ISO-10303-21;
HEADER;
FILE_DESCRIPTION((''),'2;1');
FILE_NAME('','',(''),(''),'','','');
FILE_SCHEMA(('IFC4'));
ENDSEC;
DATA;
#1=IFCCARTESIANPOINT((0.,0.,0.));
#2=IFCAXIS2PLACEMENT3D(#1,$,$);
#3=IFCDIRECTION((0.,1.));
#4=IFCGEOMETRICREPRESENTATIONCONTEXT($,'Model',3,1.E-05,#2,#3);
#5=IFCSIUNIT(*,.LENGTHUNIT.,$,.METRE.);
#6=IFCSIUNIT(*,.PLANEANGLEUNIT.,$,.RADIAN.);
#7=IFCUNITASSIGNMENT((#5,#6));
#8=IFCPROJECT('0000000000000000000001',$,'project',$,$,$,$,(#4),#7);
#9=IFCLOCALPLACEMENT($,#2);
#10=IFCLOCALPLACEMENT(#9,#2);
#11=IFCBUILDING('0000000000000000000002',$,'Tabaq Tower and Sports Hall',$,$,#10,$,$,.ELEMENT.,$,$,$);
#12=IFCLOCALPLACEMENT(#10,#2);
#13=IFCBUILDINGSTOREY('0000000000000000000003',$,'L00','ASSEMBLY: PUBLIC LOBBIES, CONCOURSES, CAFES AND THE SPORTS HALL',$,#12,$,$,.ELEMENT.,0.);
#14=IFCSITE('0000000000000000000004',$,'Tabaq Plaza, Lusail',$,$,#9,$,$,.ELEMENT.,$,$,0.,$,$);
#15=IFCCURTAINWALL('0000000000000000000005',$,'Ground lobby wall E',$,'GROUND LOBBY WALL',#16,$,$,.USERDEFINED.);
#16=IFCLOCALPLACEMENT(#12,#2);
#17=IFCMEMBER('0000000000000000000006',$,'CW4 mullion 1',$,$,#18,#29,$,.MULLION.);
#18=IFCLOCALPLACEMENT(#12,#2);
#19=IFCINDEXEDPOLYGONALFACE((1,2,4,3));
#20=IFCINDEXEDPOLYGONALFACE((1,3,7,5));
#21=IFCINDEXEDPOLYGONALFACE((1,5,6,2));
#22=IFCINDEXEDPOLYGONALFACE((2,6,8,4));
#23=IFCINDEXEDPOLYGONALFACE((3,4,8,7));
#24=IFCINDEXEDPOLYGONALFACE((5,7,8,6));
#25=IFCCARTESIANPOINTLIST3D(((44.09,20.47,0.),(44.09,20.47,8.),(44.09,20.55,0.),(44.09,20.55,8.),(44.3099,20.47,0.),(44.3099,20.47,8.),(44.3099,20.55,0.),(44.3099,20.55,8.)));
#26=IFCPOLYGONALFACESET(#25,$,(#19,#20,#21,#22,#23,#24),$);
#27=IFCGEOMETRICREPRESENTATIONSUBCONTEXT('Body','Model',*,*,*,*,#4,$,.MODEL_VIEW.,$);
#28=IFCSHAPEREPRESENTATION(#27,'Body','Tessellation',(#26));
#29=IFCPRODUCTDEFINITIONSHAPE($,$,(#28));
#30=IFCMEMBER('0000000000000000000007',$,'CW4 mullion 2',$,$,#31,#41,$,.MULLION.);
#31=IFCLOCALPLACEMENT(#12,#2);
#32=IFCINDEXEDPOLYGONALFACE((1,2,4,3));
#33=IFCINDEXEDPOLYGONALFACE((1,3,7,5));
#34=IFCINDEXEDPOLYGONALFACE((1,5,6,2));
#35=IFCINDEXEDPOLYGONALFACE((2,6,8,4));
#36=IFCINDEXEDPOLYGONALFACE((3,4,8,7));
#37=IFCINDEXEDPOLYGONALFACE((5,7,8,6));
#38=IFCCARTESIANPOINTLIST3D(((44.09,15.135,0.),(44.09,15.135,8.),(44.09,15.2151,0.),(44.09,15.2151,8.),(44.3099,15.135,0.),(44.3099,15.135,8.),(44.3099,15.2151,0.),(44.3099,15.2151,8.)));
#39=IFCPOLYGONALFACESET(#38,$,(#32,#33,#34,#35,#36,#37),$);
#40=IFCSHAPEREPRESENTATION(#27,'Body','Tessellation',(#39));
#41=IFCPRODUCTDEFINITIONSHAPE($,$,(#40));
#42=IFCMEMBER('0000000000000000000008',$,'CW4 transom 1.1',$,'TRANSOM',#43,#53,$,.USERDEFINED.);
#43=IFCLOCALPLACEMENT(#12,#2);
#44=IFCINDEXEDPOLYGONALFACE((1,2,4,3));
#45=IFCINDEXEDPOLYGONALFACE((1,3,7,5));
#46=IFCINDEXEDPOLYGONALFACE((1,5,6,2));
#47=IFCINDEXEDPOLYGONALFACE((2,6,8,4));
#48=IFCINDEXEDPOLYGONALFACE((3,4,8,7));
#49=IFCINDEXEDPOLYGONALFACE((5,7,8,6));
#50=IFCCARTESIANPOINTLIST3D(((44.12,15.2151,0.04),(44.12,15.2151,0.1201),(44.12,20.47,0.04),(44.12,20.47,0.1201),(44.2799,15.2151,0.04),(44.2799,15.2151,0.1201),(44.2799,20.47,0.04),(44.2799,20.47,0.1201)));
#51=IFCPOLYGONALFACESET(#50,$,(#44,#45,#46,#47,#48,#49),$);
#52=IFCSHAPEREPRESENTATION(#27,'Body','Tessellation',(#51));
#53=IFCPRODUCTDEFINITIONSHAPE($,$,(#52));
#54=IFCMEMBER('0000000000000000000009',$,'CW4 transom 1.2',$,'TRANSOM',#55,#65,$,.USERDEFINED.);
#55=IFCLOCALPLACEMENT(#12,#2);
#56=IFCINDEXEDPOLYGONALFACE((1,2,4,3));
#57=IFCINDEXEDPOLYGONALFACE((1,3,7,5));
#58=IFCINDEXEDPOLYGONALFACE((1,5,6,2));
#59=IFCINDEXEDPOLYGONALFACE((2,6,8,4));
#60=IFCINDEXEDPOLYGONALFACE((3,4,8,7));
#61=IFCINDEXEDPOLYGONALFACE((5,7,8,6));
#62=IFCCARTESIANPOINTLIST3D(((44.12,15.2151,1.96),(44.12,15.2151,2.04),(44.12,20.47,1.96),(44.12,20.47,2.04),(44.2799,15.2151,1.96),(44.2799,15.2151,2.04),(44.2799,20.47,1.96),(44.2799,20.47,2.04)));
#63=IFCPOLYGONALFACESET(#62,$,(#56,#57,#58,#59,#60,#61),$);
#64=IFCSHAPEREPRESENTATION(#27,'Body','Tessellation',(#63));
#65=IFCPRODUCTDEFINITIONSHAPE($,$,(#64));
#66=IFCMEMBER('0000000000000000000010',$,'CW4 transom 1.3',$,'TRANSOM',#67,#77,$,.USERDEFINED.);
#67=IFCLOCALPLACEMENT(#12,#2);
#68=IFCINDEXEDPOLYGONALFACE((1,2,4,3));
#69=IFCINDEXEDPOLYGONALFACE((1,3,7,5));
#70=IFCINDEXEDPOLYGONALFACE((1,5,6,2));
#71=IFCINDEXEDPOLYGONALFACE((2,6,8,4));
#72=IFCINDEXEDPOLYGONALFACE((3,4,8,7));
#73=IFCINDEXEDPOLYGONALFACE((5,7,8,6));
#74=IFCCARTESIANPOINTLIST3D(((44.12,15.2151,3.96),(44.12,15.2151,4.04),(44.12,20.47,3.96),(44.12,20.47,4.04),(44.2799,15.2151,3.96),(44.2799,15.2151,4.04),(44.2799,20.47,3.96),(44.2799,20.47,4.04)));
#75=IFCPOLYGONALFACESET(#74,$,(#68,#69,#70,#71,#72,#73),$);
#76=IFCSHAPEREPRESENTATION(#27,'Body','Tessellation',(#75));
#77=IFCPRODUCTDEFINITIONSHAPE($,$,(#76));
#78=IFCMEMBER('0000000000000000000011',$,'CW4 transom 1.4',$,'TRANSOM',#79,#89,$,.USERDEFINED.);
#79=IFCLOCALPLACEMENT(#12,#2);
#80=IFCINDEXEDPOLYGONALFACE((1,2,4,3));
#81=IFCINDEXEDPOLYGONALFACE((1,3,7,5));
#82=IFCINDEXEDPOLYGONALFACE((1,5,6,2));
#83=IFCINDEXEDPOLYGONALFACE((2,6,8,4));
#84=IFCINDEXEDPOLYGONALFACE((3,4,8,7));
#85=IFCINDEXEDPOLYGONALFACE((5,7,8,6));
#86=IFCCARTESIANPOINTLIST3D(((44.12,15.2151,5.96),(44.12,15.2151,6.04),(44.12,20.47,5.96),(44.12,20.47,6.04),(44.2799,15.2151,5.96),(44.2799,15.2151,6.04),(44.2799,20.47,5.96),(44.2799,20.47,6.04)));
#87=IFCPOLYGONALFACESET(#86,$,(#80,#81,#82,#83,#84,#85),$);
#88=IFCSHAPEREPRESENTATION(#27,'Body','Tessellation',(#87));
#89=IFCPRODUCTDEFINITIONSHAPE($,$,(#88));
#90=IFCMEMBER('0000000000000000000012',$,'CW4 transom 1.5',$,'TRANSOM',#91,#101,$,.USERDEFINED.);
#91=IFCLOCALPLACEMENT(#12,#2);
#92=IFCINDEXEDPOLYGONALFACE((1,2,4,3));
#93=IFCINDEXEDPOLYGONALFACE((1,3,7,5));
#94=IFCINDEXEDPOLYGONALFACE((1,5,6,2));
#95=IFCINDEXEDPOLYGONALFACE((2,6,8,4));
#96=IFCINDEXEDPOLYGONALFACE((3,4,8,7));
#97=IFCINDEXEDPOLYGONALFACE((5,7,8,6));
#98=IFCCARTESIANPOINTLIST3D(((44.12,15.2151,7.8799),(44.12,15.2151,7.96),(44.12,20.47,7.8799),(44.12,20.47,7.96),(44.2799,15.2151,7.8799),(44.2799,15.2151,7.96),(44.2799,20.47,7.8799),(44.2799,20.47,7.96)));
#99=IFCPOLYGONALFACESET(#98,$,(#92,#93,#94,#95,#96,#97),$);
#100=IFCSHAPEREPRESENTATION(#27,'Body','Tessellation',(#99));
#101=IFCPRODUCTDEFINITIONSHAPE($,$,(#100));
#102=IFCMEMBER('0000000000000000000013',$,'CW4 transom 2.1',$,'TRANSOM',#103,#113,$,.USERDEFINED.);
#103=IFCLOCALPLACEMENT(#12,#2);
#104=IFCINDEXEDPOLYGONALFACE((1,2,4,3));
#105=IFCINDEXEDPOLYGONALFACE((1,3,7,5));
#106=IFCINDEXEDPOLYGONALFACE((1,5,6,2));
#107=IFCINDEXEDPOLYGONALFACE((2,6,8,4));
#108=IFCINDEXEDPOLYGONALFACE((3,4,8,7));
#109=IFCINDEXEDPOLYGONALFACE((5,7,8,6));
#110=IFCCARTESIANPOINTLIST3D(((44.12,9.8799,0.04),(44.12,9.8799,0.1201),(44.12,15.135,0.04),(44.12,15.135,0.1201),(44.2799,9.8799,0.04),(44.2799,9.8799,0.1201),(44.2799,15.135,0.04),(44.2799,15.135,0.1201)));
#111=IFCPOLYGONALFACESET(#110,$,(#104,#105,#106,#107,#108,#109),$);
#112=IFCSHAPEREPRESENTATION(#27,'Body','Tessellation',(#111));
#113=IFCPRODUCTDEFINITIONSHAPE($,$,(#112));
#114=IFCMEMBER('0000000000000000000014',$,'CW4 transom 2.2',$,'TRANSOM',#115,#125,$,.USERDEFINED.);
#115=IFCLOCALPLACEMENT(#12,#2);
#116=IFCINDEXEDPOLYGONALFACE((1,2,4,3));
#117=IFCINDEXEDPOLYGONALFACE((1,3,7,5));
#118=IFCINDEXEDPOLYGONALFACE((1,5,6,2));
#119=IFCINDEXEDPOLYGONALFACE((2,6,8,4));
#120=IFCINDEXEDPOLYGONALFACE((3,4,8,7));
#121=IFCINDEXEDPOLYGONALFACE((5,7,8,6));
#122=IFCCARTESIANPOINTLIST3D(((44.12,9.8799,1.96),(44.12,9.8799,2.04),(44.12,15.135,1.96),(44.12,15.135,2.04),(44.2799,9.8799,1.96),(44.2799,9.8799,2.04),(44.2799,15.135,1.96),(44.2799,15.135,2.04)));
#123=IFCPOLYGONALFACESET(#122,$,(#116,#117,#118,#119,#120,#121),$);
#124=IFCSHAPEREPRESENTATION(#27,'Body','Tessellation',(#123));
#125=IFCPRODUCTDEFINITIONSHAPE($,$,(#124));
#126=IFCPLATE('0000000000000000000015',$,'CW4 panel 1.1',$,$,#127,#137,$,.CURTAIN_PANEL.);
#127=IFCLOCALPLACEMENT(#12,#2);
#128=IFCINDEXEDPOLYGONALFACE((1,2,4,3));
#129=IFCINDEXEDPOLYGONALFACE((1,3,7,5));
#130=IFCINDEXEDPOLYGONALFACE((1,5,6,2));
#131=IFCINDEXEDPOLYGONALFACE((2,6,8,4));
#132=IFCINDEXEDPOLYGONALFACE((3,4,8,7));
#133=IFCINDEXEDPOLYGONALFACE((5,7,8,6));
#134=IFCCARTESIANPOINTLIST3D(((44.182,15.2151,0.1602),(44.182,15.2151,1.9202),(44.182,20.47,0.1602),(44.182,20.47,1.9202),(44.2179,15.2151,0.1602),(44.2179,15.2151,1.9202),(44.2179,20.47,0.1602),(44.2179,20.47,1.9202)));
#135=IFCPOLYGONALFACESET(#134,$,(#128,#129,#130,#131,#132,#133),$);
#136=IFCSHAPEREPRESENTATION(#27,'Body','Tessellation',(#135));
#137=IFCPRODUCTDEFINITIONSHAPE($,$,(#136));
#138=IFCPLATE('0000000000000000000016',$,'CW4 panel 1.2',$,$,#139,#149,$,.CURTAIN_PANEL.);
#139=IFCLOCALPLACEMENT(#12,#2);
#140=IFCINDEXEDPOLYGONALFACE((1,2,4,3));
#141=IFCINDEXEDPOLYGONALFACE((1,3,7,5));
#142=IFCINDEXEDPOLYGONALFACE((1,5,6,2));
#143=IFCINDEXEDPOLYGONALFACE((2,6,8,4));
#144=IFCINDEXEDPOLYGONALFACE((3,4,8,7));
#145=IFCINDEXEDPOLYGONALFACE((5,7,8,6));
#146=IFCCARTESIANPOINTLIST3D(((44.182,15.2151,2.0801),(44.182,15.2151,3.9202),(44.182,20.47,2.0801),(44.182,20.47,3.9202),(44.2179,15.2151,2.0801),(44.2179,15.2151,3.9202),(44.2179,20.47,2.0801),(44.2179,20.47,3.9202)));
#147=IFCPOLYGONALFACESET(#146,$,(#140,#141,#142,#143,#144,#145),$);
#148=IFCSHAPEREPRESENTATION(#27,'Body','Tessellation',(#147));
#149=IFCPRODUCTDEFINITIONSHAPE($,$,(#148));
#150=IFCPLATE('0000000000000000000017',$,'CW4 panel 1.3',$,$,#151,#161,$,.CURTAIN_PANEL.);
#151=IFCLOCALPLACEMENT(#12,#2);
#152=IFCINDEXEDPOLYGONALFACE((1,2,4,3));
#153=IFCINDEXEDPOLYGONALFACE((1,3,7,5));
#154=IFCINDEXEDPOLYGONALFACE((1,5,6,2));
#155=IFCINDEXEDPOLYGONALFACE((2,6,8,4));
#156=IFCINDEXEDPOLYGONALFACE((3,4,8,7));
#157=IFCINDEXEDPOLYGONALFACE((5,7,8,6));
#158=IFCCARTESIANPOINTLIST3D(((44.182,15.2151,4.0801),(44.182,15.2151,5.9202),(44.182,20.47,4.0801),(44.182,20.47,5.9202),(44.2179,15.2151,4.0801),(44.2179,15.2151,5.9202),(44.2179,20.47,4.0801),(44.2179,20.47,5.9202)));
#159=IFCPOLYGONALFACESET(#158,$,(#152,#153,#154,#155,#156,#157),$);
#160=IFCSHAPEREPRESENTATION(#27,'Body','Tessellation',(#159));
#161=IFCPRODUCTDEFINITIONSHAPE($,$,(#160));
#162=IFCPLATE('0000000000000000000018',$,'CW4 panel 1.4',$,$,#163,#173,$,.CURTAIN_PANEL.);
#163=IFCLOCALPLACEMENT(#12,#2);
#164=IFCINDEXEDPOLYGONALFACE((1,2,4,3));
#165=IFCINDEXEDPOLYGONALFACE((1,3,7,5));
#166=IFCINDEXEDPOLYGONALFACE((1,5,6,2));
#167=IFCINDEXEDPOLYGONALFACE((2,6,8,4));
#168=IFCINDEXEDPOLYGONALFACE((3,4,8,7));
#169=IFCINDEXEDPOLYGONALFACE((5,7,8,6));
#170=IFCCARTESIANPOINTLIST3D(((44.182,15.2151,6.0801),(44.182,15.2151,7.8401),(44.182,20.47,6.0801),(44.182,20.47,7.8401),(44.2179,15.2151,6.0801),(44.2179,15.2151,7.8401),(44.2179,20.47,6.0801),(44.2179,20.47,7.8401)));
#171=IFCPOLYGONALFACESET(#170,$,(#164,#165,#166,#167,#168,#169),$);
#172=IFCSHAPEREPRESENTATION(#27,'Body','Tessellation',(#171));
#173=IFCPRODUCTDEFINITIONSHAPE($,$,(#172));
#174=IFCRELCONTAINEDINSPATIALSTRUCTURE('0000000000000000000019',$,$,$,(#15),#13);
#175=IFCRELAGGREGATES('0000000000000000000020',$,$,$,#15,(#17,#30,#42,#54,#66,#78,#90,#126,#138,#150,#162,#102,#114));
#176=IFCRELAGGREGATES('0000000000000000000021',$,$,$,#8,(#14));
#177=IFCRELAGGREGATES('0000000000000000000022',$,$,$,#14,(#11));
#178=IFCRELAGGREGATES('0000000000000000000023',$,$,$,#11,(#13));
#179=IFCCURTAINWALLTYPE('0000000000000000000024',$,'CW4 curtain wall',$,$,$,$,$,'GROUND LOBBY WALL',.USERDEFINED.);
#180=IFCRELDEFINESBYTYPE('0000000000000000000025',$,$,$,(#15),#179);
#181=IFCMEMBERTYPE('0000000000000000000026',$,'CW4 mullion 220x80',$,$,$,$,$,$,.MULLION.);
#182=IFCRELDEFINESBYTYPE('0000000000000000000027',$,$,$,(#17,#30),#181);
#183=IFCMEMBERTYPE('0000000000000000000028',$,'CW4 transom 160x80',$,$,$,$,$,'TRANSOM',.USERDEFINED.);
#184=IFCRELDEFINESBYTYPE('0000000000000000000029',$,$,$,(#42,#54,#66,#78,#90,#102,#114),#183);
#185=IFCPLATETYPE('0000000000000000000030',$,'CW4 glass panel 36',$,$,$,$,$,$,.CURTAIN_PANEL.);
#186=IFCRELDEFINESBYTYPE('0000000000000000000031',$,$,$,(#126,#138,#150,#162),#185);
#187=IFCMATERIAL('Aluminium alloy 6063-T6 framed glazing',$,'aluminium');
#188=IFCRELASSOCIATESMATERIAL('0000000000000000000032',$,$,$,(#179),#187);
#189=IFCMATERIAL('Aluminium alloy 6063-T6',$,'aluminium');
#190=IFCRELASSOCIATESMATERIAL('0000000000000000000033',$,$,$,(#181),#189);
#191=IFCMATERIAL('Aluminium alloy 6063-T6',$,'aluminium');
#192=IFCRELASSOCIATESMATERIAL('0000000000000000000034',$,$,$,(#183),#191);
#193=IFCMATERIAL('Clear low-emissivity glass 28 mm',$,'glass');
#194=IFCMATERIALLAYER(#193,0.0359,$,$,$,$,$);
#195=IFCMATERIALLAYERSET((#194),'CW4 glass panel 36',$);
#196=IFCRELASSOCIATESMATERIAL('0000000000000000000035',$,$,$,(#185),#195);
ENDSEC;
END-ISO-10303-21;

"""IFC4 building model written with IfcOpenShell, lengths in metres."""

from ifc_helpers import new_model, si_unit, direction, frame, origin, origin_2d, place, context, subcontext, project, spatial, rectangle, extrude, material, layer, layer_set, material_profile, profile_set, type_object, element, aggregate, save


model = new_model("IFC4")

# Units and contexts
model_context = context("Model", 3, precision=1e-05, world=origin(), true_north=direction((0.0, 1.0)))
body_context = subcontext(model_context, "Body", "Model", "MODEL_VIEW")
ifc_project = project(units=[si_unit("LENGTHUNIT", "METRE"), si_unit("PLANEANGLEUNIT", "RADIAN")], contexts=[model_context])

# Site, building, storey
site_placement = place(None, origin())
site = spatial("IfcSite", under=ifc_project, at=site_placement, Name="Tabaq Plaza, Lusail", CompositionType="ELEMENT", RefElevation=0.0)
building_placement = place(site_placement, origin())
building = spatial("IfcBuilding", under=site, at=building_placement, Name="Tabaq Tower and Sports Hall", CompositionType="ELEMENT")
storey_placement = place(building_placement, origin())
storey = spatial("IfcBuildingStorey", under=building, at=storey_placement, Name="L00", Description="ASSEMBLY: PUBLIC LOBBIES, CONCOURSES, CAFES AND THE SPORTS HALL", CompositionType="ELEMENT", Elevation=0.0)

# Curtain wall, members, plates
ifc_material_1 = material(Name="Aluminium alloy 6063-T6 framed glazing", Category="aluminium")
curtain_wall_type = type_object("IfcCurtainWallType", Name="CW4 curtain wall", ElementType="GROUND LOBBY WALL", PredefinedType="USERDEFINED", material=ifc_material_1)
curtain_wall_placement = place(storey_placement, origin())
curtain_wall = element("IfcCurtainWall", 1, at=curtain_wall_placement, inside=storey, type_object=curtain_wall_type, Name="Ground lobby wall E", ObjectType="GROUND LOBBY WALL", PredefinedType="USERDEFINED")
ifc_material_2 = material(Name="Aluminium alloy 6063-T6", Category="aluminium")
ifc_material_profile_1 = material_profile(ifc_material_2, rectangle(XDim=0.22, YDim=0.0801, at=origin_2d()), Name="MULLION 220x80")
ifc_profile_set_1 = profile_set([ifc_material_profile_1], Name="Aluminium alloy 6063-T6")
member_type_1 = type_object("IfcMemberType", Name="CW4 mullion 220x80", PredefinedType="MULLION", material=ifc_profile_set_1)
member_1_placement = place(storey_placement, frame((44.2, 20.51, 0.0), z_axis=(0.0, 0.0, 1.0), x_axis=(1.0, 0.0, 0.0)))
member_1 = element("IfcMember", 2, at=member_1_placement, type_object=member_type_1, Name="CW4 mullion 1", PredefinedType="MULLION", context=body_context, shape_type="SweptSolid", body=[
    extrude(rectangle(XDim=0.22, YDim=0.0801, at=origin_2d()), origin(), (0.0, 0.0, 1.0), 8.0),
])
member_2_placement = place(storey_placement, frame((44.2, 15.175, 0.0), z_axis=(0.0, 0.0, 1.0), x_axis=(1.0, 0.0, 0.0)))
member_2 = element("IfcMember", 3, at=member_2_placement, type_object=member_type_1, Name="CW4 mullion 2", PredefinedType="MULLION", context=body_context, shape_type="SweptSolid", body=[
    extrude(rectangle(XDim=0.22, YDim=0.0801, at=origin_2d()), origin(), (0.0, 0.0, 1.0), 8.0),
])
ifc_material_3 = material(Name="Aluminium alloy 6063-T6", Category="aluminium")
ifc_material_profile_2 = material_profile(ifc_material_3, rectangle(XDim=0.1599, YDim=0.0801, at=origin_2d()), Name="TRANSOM 160x80")
ifc_profile_set_2 = profile_set([ifc_material_profile_2], Name="Aluminium alloy 6063-T6")
member_type_2 = type_object("IfcMemberType", Name="CW4 transom 160x80", ElementType="TRANSOM", PredefinedType="USERDEFINED", material=ifc_profile_set_2)
member_3_placement = place(storey_placement, frame((44.2, 20.47, 0.0801), z_axis=(0.0, -1.0, 0.0), x_axis=(1.0, 0.0, 0.0)))
member_3 = element("IfcMember", 4, at=member_3_placement, type_object=member_type_2, Name="CW4 transom 1.1", ObjectType="TRANSOM", PredefinedType="USERDEFINED", context=body_context, shape_type="SweptSolid", body=[
    extrude(rectangle(XDim=0.1599, YDim=0.0801, at=origin_2d()), origin(), (0.0, 0.0, 1.0), 5.2549),
])
member_4_placement = place(storey_placement, frame((44.2, 20.47, 2.0), z_axis=(0.0, -1.0, 0.0), x_axis=(1.0, 0.0, 0.0)))
member_4 = element("IfcMember", 5, at=member_4_placement, type_object=member_type_2, Name="CW4 transom 1.2", ObjectType="TRANSOM", PredefinedType="USERDEFINED", context=body_context, shape_type="SweptSolid", body=[
    extrude(rectangle(XDim=0.1599, YDim=0.0801, at=origin_2d()), origin(), (0.0, 0.0, 1.0), 5.2549),
])
member_5_placement = place(storey_placement, frame((44.2, 20.47, 4.0), z_axis=(0.0, -1.0, 0.0), x_axis=(1.0, 0.0, 0.0)))
member_5 = element("IfcMember", 6, at=member_5_placement, type_object=member_type_2, Name="CW4 transom 1.3", ObjectType="TRANSOM", PredefinedType="USERDEFINED", context=body_context, shape_type="SweptSolid", body=[
    extrude(rectangle(XDim=0.1599, YDim=0.0801, at=origin_2d()), origin(), (0.0, 0.0, 1.0), 5.2549),
])
member_6_placement = place(storey_placement, frame((44.2, 20.47, 6.0), z_axis=(0.0, -1.0, 0.0), x_axis=(1.0, 0.0, 0.0)))
member_6 = element("IfcMember", 7, at=member_6_placement, type_object=member_type_2, Name="CW4 transom 1.4", ObjectType="TRANSOM", PredefinedType="USERDEFINED", context=body_context, shape_type="SweptSolid", body=[
    extrude(rectangle(XDim=0.1599, YDim=0.0801, at=origin_2d()), origin(), (0.0, 0.0, 1.0), 5.2549),
])
member_7_placement = place(storey_placement, frame((44.2, 20.47, 7.9199), z_axis=(0.0, -1.0, 0.0), x_axis=(1.0, 0.0, 0.0)))
member_7 = element("IfcMember", 8, at=member_7_placement, type_object=member_type_2, Name="CW4 transom 1.5", ObjectType="TRANSOM", PredefinedType="USERDEFINED", context=body_context, shape_type="SweptSolid", body=[
    extrude(rectangle(XDim=0.1599, YDim=0.0801, at=origin_2d()), origin(), (0.0, 0.0, 1.0), 5.2549),
])
member_8_placement = place(storey_placement, frame((44.2, 15.135, 0.0801), z_axis=(0.0, -1.0, 0.0), x_axis=(1.0, 0.0, 0.0)))
member_8 = element("IfcMember", 9, at=member_8_placement, type_object=member_type_2, Name="CW4 transom 2.1", ObjectType="TRANSOM", PredefinedType="USERDEFINED", context=body_context, shape_type="SweptSolid", body=[
    extrude(rectangle(XDim=0.1599, YDim=0.0801, at=origin_2d()), origin(), (0.0, 0.0, 1.0), 5.2551),
])
member_9_placement = place(storey_placement, frame((44.2, 15.135, 2.0), z_axis=(0.0, -1.0, 0.0), x_axis=(1.0, 0.0, 0.0)))
member_9 = element("IfcMember", 10, at=member_9_placement, type_object=member_type_2, Name="CW4 transom 2.2", ObjectType="TRANSOM", PredefinedType="USERDEFINED", context=body_context, shape_type="SweptSolid", body=[
    extrude(rectangle(XDim=0.1599, YDim=0.0801, at=origin_2d()), origin(), (0.0, 0.0, 1.0), 5.2551),
])
ifc_material_4 = material(Name="Clear low-emissivity glass 28 mm", Category="glass")
ifc_layer_1 = layer(ifc_material_4, 0.0359)
ifc_layer_set_1 = layer_set([ifc_layer_1], Name="CW4 glass panel 36")
plate_type = type_object("IfcPlateType", Name="CW4 glass panel 36", PredefinedType="CURTAIN_PANEL", material=ifc_layer_set_1)
plate_1_placement = place(storey_placement, frame((44.2, 17.8425, 0.1602), z_axis=(0.0, 0.0, 1.0), x_axis=(0.0, -1.0, 0.0)))
plate_1 = element("IfcPlate", 11, at=plate_1_placement, type_object=plate_type, Name="CW4 panel 1.1", PredefinedType="CURTAIN_PANEL", context=body_context, shape_type="SweptSolid", body=[
    extrude(rectangle(XDim=5.2549, YDim=0.0359, at=origin_2d()), origin(), (0.0, 0.0, 1.0), 1.76),
])
plate_2_placement = place(storey_placement, frame((44.2, 17.8425, 2.0801), z_axis=(0.0, 0.0, 1.0), x_axis=(0.0, -1.0, 0.0)))
plate_2 = element("IfcPlate", 12, at=plate_2_placement, type_object=plate_type, Name="CW4 panel 1.2", PredefinedType="CURTAIN_PANEL", context=body_context, shape_type="SweptSolid", body=[
    extrude(rectangle(XDim=5.2549, YDim=0.0359, at=origin_2d()), origin(), (0.0, 0.0, 1.0), 1.8401),
])
plate_3_placement = place(storey_placement, frame((44.2, 17.8425, 4.0801), z_axis=(0.0, 0.0, 1.0), x_axis=(0.0, -1.0, 0.0)))
plate_3 = element("IfcPlate", 13, at=plate_3_placement, type_object=plate_type, Name="CW4 panel 1.3", PredefinedType="CURTAIN_PANEL", context=body_context, shape_type="SweptSolid", body=[
    extrude(rectangle(XDim=5.2549, YDim=0.0359, at=origin_2d()), origin(), (0.0, 0.0, 1.0), 1.8401),
])
plate_4_placement = place(storey_placement, frame((44.2, 17.8425, 6.0801), z_axis=(0.0, 0.0, 1.0), x_axis=(0.0, -1.0, 0.0)))
plate_4 = element("IfcPlate", 14, at=plate_4_placement, type_object=plate_type, Name="CW4 panel 1.4", PredefinedType="CURTAIN_PANEL", context=body_context, shape_type="SweptSolid", body=[
    extrude(rectangle(XDim=5.2549, YDim=0.0359, at=origin_2d()), origin(), (0.0, 0.0, 1.0), 1.76),
])
aggregate(curtain_wall, [member_1, member_2, member_3, member_4, member_5, member_6, member_7, plate_1, plate_2, plate_3, plate_4, member_8, member_9])

save(model, "model.ifc")
